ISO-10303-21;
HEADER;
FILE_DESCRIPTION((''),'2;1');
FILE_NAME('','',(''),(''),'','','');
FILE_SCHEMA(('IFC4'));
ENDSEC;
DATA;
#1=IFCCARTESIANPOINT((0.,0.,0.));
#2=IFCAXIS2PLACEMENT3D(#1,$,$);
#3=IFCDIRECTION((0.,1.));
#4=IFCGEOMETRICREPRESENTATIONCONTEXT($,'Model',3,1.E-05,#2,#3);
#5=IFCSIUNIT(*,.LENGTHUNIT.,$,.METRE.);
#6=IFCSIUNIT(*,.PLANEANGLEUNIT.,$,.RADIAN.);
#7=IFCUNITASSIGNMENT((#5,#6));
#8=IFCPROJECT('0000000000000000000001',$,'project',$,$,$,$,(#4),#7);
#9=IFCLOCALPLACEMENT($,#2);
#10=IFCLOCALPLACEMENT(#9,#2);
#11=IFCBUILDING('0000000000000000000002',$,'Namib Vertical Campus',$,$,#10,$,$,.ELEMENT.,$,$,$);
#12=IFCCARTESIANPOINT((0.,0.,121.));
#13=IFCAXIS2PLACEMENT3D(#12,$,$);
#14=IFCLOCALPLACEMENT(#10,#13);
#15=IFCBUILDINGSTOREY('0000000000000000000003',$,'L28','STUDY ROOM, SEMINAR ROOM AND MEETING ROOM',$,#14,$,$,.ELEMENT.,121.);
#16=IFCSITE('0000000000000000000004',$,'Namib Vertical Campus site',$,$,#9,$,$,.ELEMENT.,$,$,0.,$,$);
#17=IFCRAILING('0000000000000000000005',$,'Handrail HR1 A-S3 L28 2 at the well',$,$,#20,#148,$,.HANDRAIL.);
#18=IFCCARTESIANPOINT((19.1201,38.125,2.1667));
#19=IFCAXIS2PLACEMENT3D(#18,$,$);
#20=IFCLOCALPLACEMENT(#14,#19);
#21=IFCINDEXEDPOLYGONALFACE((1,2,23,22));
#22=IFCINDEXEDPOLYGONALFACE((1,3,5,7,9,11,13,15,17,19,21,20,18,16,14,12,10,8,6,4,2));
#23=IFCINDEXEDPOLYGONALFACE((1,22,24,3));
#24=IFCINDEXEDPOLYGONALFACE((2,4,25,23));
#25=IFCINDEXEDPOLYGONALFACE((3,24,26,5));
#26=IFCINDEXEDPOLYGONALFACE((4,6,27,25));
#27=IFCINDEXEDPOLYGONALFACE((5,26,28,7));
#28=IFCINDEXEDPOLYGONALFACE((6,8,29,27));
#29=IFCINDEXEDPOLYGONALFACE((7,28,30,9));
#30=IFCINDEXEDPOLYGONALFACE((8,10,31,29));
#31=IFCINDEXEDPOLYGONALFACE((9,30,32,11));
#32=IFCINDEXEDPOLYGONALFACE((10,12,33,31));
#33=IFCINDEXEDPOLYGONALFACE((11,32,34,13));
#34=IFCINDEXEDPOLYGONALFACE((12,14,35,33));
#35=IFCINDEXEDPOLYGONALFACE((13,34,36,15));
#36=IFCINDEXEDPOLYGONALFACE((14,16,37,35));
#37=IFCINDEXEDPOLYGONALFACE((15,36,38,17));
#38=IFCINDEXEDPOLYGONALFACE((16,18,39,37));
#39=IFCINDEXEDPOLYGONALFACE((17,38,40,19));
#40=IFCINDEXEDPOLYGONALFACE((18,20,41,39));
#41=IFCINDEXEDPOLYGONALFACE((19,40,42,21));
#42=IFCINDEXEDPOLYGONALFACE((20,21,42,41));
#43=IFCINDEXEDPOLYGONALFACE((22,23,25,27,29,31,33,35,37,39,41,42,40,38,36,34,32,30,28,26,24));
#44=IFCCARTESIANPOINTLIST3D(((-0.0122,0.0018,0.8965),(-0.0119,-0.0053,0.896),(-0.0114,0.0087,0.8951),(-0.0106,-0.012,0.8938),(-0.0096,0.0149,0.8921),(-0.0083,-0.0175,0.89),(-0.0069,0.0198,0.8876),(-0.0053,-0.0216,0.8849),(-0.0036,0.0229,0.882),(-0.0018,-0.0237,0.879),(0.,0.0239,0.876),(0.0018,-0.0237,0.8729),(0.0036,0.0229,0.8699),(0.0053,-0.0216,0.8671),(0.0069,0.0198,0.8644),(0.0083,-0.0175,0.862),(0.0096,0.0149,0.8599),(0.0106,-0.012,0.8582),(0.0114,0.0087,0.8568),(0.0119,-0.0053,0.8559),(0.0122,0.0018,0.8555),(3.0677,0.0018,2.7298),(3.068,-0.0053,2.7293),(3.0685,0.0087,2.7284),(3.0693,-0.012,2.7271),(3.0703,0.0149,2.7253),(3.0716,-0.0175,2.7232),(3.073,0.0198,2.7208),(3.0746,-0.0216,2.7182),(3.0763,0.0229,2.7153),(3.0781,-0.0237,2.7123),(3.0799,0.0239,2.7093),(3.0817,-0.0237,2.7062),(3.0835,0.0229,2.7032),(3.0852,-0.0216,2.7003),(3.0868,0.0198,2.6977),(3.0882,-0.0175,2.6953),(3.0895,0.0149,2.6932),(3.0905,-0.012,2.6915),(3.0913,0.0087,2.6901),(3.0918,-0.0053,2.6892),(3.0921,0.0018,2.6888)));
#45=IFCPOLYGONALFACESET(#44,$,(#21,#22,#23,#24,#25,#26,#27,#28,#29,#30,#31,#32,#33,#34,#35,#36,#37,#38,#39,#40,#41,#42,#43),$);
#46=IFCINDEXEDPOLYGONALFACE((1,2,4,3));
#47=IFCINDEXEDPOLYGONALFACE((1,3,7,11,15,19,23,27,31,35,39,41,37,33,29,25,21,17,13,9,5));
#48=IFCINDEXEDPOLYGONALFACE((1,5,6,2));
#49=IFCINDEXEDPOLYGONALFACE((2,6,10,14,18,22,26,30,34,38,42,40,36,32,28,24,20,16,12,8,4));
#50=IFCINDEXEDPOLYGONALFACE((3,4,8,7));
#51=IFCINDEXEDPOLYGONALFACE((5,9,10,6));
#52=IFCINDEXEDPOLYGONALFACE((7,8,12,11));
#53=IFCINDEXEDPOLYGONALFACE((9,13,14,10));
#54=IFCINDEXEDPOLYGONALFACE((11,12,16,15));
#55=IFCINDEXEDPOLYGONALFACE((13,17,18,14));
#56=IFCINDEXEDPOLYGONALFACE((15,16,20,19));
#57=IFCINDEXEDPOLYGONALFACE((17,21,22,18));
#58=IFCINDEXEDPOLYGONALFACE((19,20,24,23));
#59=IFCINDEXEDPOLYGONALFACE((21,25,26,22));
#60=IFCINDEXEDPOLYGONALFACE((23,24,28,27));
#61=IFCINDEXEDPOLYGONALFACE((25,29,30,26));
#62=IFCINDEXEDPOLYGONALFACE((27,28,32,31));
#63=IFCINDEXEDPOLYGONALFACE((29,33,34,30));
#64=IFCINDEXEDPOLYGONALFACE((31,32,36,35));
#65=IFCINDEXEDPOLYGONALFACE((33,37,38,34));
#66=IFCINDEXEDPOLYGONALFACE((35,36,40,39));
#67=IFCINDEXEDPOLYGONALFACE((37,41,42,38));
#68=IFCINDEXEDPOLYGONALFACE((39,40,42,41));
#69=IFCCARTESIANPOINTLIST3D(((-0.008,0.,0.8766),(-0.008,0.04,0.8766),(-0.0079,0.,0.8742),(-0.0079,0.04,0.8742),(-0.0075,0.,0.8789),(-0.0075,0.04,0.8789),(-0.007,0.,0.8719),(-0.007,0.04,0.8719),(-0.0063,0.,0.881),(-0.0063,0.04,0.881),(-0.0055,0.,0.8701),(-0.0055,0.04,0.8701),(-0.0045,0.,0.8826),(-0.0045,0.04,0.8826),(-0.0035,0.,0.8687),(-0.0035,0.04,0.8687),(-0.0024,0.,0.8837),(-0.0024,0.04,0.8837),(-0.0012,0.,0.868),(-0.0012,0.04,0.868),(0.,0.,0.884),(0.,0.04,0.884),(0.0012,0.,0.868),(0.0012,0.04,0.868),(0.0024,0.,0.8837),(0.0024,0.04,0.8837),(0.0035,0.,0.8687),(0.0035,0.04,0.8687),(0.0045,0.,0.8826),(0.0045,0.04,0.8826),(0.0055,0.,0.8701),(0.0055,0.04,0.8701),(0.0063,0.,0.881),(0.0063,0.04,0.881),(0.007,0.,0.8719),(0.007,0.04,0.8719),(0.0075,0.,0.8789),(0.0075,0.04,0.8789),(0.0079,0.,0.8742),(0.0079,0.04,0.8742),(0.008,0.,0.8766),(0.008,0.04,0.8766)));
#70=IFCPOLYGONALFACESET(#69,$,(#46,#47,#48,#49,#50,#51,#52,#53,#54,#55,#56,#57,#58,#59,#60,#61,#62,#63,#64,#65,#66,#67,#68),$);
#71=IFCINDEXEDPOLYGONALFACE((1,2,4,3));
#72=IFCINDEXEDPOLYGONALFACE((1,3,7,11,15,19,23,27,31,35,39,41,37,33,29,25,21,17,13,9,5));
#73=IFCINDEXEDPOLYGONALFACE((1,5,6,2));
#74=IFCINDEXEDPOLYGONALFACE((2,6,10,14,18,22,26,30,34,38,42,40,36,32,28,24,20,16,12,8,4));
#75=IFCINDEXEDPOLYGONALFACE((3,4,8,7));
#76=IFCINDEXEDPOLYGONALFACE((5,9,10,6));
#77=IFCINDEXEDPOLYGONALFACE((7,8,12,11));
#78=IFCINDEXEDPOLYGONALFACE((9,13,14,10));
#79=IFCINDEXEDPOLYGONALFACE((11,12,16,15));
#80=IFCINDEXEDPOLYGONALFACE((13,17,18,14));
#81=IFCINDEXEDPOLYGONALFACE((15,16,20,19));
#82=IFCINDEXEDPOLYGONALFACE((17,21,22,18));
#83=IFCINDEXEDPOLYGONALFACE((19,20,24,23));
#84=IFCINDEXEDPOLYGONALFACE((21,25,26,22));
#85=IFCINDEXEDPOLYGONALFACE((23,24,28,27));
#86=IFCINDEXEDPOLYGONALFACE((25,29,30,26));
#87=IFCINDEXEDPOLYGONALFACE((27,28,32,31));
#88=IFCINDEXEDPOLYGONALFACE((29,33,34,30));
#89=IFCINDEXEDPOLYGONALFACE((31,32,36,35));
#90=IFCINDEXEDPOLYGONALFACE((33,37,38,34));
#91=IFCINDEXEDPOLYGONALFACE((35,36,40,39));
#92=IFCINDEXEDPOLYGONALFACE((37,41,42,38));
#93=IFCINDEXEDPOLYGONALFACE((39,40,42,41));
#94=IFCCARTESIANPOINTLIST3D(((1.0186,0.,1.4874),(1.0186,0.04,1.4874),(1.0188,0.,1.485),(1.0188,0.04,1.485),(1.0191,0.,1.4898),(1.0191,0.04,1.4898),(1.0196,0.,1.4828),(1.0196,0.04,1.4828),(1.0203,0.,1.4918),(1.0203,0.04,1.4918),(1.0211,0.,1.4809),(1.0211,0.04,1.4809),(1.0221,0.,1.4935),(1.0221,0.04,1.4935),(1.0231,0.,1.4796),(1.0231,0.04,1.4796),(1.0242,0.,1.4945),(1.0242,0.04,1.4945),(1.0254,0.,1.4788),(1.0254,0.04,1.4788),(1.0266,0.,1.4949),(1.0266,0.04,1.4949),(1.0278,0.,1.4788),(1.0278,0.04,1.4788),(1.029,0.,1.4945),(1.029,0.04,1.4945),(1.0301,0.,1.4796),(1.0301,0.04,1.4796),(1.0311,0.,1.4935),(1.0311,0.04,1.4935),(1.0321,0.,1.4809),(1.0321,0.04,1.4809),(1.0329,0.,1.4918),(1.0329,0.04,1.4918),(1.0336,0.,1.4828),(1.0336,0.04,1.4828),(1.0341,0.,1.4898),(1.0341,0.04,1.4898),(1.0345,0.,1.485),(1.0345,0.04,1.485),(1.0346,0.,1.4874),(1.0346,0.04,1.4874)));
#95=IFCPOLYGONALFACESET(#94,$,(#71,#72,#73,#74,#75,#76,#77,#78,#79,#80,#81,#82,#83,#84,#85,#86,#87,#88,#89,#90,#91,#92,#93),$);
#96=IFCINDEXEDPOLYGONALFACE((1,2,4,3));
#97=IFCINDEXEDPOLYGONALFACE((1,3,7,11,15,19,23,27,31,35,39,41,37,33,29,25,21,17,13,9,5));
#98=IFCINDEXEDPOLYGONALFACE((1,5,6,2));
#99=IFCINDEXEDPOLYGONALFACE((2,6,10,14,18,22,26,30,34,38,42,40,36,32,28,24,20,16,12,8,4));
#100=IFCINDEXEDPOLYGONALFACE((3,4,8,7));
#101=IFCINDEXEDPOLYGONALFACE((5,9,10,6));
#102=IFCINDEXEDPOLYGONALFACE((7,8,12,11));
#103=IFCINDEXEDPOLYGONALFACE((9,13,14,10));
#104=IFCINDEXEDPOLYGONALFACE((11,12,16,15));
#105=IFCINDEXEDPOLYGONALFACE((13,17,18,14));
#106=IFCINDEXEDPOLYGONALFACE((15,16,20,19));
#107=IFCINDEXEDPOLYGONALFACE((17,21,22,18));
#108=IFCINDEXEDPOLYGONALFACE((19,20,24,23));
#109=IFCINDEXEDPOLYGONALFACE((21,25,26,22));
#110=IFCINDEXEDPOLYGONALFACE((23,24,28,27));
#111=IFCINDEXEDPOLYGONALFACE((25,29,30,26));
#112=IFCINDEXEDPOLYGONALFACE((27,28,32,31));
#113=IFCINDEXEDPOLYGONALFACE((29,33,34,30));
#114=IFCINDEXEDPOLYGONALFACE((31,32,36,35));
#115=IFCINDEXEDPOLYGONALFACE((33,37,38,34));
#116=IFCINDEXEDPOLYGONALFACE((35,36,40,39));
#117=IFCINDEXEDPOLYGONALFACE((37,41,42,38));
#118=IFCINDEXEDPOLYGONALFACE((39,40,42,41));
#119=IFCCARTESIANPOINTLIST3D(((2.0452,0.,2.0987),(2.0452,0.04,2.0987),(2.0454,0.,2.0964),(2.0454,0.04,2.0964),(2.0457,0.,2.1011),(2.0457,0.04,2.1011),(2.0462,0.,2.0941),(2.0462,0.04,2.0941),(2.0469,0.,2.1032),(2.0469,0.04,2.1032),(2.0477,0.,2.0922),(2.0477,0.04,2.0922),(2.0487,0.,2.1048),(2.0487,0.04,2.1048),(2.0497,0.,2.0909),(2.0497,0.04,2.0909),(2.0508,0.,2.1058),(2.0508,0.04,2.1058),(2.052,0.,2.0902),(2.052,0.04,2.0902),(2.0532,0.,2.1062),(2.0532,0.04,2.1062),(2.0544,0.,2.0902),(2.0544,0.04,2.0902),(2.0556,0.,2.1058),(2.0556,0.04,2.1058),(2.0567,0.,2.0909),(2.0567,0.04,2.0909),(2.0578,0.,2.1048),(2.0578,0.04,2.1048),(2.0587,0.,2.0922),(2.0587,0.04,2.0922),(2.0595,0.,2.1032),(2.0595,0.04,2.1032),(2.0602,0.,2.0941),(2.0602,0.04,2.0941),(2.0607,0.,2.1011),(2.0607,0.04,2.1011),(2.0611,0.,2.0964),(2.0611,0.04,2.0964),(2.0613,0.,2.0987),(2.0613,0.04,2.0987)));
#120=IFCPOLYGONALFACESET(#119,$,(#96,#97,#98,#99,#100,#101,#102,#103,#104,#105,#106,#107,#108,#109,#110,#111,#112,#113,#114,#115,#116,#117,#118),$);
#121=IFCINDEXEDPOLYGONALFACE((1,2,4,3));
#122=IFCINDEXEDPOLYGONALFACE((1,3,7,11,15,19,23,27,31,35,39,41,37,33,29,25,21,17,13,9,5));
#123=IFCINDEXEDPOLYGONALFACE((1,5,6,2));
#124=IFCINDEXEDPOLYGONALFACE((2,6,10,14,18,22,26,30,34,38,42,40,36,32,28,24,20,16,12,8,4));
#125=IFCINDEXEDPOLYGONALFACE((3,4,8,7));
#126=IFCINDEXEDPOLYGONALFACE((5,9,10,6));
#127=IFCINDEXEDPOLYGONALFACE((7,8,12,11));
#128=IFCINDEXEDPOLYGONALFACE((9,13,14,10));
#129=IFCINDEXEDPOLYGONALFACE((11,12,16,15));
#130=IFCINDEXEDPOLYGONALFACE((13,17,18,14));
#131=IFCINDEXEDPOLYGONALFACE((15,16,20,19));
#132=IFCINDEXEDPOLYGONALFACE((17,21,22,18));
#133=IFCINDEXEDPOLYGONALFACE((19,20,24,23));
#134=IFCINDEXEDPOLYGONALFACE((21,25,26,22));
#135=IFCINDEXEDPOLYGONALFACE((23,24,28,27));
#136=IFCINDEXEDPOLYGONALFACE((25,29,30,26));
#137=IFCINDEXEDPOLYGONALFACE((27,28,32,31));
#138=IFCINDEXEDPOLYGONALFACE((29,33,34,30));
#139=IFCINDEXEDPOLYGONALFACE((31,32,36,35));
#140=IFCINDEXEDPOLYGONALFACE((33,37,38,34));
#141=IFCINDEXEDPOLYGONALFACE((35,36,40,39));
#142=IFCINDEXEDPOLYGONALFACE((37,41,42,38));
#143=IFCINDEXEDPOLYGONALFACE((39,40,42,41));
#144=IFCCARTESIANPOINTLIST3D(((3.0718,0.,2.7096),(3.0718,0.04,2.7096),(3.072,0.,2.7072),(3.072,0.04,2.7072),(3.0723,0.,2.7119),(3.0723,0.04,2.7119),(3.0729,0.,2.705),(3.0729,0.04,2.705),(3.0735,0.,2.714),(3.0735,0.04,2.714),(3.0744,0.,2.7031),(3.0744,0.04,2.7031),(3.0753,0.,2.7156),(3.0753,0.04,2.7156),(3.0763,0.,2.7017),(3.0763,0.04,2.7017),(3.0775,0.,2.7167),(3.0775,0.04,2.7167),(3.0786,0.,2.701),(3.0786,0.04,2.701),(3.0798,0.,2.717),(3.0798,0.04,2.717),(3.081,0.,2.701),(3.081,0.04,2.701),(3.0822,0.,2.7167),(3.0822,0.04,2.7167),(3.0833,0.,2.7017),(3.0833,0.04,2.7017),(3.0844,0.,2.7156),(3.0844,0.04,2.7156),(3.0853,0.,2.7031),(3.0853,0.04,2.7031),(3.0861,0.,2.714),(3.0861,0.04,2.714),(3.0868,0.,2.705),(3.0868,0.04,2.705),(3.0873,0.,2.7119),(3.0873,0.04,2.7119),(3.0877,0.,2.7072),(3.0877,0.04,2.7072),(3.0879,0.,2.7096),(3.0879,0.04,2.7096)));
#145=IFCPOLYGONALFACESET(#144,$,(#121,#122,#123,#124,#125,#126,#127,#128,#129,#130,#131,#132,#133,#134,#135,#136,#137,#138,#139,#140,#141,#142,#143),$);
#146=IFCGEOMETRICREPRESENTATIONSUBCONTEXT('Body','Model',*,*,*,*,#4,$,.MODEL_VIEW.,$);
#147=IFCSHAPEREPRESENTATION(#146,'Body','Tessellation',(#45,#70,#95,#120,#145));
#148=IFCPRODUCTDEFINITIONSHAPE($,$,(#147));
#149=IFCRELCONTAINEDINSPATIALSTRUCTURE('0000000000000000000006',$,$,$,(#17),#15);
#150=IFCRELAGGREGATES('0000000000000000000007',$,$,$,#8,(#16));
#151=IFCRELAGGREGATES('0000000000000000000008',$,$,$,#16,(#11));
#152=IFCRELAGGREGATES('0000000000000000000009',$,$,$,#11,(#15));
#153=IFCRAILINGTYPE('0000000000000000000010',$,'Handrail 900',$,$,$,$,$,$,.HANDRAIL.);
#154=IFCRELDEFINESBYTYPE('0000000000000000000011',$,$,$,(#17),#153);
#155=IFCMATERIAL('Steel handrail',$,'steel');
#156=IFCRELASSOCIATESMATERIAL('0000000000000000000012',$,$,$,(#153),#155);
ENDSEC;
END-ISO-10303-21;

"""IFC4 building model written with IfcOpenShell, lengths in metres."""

from ifc_helpers import new_model, si_unit, direction, frame, origin, origin_2d, place, context, subcontext, project, spatial, circle, extrude, material, type_object, element, save


model = new_model("IFC4")

# Units and contexts
model_context = context("Model", 3, precision=1e-05, world=origin(), true_north=direction((0.0, 1.0)))
body_context = subcontext(model_context, "Body", "Model", "MODEL_VIEW")
ifc_project = project(units=[si_unit("LENGTHUNIT", "METRE"), si_unit("PLANEANGLEUNIT", "RADIAN")], contexts=[model_context])

# Site, building, storey
site_placement = place(None, origin())
site = spatial("IfcSite", under=ifc_project, at=site_placement, Name="Namib Vertical Campus site", CompositionType="ELEMENT", RefElevation=0.0)
building_placement = place(site_placement, origin())
building = spatial("IfcBuilding", under=site, at=building_placement, Name="Namib Vertical Campus", CompositionType="ELEMENT")
storey_placement = place(building_placement, frame((0.0, 0.0, 121.0)))
storey = spatial("IfcBuildingStorey", under=building, at=storey_placement, Name="L28", Description="STUDY ROOM, SEMINAR ROOM AND MEETING ROOM", CompositionType="ELEMENT", Elevation=121.0)

# Railing
ifc_material_1 = material(Name="Steel handrail", Category="steel")
railing_type_1 = type_object("IfcRailingType", Name="Handrail 900", PredefinedType="HANDRAIL", material=ifc_material_1)
railing_1_placement = place(storey_placement, frame((19.1201, 38.125, 2.1667)))
element("IfcRailing", 1, at=railing_1_placement, inside=storey, type_object=railing_type_1, Name="Handrail HR1 A-S3 L28 2 at the well", PredefinedType="HANDRAIL", context=body_context, shape_type="SweptSolid", body=[
    extrude(circle(Radius=0.0239, at=origin_2d()), frame((0.0, 0.0, 0.876), z_axis=(0.859291, 0.0, 0.511487), x_axis=(0.0, 1.0, 0.0)), (0.0, 0.0, 1.0), 3.5842),
    extrude(circle(Radius=0.0081, at=origin_2d()), frame((0.0, 0.0, 0.876), z_axis=(0.0, 1.0, 0.0), x_axis=(0.0, 0.0, 1.0)), (0.0, 0.0, 1.0), 0.04),
    extrude(circle(Radius=0.0081, at=origin_2d()), frame((1.0266, 0.0, 1.4868), z_axis=(0.0, 1.0, 0.0), x_axis=(0.0, 0.0, 1.0)), (0.0, 0.0, 1.0), 0.04),
    extrude(circle(Radius=0.0081, at=origin_2d()), frame((2.0532, 0.0, 2.0981), z_axis=(0.0, 1.0, 0.0), x_axis=(0.0, 0.0, 1.0)), (0.0, 0.0, 1.0), 0.04),
    extrude(circle(Radius=0.0081, at=origin_2d()), frame((3.0798, 0.0, 2.709), z_axis=(0.0, 1.0, 0.0), x_axis=(0.0, 0.0, 1.0)), (0.0, 0.0, 1.0), 0.04),
])

save(model, "model.ifc")
